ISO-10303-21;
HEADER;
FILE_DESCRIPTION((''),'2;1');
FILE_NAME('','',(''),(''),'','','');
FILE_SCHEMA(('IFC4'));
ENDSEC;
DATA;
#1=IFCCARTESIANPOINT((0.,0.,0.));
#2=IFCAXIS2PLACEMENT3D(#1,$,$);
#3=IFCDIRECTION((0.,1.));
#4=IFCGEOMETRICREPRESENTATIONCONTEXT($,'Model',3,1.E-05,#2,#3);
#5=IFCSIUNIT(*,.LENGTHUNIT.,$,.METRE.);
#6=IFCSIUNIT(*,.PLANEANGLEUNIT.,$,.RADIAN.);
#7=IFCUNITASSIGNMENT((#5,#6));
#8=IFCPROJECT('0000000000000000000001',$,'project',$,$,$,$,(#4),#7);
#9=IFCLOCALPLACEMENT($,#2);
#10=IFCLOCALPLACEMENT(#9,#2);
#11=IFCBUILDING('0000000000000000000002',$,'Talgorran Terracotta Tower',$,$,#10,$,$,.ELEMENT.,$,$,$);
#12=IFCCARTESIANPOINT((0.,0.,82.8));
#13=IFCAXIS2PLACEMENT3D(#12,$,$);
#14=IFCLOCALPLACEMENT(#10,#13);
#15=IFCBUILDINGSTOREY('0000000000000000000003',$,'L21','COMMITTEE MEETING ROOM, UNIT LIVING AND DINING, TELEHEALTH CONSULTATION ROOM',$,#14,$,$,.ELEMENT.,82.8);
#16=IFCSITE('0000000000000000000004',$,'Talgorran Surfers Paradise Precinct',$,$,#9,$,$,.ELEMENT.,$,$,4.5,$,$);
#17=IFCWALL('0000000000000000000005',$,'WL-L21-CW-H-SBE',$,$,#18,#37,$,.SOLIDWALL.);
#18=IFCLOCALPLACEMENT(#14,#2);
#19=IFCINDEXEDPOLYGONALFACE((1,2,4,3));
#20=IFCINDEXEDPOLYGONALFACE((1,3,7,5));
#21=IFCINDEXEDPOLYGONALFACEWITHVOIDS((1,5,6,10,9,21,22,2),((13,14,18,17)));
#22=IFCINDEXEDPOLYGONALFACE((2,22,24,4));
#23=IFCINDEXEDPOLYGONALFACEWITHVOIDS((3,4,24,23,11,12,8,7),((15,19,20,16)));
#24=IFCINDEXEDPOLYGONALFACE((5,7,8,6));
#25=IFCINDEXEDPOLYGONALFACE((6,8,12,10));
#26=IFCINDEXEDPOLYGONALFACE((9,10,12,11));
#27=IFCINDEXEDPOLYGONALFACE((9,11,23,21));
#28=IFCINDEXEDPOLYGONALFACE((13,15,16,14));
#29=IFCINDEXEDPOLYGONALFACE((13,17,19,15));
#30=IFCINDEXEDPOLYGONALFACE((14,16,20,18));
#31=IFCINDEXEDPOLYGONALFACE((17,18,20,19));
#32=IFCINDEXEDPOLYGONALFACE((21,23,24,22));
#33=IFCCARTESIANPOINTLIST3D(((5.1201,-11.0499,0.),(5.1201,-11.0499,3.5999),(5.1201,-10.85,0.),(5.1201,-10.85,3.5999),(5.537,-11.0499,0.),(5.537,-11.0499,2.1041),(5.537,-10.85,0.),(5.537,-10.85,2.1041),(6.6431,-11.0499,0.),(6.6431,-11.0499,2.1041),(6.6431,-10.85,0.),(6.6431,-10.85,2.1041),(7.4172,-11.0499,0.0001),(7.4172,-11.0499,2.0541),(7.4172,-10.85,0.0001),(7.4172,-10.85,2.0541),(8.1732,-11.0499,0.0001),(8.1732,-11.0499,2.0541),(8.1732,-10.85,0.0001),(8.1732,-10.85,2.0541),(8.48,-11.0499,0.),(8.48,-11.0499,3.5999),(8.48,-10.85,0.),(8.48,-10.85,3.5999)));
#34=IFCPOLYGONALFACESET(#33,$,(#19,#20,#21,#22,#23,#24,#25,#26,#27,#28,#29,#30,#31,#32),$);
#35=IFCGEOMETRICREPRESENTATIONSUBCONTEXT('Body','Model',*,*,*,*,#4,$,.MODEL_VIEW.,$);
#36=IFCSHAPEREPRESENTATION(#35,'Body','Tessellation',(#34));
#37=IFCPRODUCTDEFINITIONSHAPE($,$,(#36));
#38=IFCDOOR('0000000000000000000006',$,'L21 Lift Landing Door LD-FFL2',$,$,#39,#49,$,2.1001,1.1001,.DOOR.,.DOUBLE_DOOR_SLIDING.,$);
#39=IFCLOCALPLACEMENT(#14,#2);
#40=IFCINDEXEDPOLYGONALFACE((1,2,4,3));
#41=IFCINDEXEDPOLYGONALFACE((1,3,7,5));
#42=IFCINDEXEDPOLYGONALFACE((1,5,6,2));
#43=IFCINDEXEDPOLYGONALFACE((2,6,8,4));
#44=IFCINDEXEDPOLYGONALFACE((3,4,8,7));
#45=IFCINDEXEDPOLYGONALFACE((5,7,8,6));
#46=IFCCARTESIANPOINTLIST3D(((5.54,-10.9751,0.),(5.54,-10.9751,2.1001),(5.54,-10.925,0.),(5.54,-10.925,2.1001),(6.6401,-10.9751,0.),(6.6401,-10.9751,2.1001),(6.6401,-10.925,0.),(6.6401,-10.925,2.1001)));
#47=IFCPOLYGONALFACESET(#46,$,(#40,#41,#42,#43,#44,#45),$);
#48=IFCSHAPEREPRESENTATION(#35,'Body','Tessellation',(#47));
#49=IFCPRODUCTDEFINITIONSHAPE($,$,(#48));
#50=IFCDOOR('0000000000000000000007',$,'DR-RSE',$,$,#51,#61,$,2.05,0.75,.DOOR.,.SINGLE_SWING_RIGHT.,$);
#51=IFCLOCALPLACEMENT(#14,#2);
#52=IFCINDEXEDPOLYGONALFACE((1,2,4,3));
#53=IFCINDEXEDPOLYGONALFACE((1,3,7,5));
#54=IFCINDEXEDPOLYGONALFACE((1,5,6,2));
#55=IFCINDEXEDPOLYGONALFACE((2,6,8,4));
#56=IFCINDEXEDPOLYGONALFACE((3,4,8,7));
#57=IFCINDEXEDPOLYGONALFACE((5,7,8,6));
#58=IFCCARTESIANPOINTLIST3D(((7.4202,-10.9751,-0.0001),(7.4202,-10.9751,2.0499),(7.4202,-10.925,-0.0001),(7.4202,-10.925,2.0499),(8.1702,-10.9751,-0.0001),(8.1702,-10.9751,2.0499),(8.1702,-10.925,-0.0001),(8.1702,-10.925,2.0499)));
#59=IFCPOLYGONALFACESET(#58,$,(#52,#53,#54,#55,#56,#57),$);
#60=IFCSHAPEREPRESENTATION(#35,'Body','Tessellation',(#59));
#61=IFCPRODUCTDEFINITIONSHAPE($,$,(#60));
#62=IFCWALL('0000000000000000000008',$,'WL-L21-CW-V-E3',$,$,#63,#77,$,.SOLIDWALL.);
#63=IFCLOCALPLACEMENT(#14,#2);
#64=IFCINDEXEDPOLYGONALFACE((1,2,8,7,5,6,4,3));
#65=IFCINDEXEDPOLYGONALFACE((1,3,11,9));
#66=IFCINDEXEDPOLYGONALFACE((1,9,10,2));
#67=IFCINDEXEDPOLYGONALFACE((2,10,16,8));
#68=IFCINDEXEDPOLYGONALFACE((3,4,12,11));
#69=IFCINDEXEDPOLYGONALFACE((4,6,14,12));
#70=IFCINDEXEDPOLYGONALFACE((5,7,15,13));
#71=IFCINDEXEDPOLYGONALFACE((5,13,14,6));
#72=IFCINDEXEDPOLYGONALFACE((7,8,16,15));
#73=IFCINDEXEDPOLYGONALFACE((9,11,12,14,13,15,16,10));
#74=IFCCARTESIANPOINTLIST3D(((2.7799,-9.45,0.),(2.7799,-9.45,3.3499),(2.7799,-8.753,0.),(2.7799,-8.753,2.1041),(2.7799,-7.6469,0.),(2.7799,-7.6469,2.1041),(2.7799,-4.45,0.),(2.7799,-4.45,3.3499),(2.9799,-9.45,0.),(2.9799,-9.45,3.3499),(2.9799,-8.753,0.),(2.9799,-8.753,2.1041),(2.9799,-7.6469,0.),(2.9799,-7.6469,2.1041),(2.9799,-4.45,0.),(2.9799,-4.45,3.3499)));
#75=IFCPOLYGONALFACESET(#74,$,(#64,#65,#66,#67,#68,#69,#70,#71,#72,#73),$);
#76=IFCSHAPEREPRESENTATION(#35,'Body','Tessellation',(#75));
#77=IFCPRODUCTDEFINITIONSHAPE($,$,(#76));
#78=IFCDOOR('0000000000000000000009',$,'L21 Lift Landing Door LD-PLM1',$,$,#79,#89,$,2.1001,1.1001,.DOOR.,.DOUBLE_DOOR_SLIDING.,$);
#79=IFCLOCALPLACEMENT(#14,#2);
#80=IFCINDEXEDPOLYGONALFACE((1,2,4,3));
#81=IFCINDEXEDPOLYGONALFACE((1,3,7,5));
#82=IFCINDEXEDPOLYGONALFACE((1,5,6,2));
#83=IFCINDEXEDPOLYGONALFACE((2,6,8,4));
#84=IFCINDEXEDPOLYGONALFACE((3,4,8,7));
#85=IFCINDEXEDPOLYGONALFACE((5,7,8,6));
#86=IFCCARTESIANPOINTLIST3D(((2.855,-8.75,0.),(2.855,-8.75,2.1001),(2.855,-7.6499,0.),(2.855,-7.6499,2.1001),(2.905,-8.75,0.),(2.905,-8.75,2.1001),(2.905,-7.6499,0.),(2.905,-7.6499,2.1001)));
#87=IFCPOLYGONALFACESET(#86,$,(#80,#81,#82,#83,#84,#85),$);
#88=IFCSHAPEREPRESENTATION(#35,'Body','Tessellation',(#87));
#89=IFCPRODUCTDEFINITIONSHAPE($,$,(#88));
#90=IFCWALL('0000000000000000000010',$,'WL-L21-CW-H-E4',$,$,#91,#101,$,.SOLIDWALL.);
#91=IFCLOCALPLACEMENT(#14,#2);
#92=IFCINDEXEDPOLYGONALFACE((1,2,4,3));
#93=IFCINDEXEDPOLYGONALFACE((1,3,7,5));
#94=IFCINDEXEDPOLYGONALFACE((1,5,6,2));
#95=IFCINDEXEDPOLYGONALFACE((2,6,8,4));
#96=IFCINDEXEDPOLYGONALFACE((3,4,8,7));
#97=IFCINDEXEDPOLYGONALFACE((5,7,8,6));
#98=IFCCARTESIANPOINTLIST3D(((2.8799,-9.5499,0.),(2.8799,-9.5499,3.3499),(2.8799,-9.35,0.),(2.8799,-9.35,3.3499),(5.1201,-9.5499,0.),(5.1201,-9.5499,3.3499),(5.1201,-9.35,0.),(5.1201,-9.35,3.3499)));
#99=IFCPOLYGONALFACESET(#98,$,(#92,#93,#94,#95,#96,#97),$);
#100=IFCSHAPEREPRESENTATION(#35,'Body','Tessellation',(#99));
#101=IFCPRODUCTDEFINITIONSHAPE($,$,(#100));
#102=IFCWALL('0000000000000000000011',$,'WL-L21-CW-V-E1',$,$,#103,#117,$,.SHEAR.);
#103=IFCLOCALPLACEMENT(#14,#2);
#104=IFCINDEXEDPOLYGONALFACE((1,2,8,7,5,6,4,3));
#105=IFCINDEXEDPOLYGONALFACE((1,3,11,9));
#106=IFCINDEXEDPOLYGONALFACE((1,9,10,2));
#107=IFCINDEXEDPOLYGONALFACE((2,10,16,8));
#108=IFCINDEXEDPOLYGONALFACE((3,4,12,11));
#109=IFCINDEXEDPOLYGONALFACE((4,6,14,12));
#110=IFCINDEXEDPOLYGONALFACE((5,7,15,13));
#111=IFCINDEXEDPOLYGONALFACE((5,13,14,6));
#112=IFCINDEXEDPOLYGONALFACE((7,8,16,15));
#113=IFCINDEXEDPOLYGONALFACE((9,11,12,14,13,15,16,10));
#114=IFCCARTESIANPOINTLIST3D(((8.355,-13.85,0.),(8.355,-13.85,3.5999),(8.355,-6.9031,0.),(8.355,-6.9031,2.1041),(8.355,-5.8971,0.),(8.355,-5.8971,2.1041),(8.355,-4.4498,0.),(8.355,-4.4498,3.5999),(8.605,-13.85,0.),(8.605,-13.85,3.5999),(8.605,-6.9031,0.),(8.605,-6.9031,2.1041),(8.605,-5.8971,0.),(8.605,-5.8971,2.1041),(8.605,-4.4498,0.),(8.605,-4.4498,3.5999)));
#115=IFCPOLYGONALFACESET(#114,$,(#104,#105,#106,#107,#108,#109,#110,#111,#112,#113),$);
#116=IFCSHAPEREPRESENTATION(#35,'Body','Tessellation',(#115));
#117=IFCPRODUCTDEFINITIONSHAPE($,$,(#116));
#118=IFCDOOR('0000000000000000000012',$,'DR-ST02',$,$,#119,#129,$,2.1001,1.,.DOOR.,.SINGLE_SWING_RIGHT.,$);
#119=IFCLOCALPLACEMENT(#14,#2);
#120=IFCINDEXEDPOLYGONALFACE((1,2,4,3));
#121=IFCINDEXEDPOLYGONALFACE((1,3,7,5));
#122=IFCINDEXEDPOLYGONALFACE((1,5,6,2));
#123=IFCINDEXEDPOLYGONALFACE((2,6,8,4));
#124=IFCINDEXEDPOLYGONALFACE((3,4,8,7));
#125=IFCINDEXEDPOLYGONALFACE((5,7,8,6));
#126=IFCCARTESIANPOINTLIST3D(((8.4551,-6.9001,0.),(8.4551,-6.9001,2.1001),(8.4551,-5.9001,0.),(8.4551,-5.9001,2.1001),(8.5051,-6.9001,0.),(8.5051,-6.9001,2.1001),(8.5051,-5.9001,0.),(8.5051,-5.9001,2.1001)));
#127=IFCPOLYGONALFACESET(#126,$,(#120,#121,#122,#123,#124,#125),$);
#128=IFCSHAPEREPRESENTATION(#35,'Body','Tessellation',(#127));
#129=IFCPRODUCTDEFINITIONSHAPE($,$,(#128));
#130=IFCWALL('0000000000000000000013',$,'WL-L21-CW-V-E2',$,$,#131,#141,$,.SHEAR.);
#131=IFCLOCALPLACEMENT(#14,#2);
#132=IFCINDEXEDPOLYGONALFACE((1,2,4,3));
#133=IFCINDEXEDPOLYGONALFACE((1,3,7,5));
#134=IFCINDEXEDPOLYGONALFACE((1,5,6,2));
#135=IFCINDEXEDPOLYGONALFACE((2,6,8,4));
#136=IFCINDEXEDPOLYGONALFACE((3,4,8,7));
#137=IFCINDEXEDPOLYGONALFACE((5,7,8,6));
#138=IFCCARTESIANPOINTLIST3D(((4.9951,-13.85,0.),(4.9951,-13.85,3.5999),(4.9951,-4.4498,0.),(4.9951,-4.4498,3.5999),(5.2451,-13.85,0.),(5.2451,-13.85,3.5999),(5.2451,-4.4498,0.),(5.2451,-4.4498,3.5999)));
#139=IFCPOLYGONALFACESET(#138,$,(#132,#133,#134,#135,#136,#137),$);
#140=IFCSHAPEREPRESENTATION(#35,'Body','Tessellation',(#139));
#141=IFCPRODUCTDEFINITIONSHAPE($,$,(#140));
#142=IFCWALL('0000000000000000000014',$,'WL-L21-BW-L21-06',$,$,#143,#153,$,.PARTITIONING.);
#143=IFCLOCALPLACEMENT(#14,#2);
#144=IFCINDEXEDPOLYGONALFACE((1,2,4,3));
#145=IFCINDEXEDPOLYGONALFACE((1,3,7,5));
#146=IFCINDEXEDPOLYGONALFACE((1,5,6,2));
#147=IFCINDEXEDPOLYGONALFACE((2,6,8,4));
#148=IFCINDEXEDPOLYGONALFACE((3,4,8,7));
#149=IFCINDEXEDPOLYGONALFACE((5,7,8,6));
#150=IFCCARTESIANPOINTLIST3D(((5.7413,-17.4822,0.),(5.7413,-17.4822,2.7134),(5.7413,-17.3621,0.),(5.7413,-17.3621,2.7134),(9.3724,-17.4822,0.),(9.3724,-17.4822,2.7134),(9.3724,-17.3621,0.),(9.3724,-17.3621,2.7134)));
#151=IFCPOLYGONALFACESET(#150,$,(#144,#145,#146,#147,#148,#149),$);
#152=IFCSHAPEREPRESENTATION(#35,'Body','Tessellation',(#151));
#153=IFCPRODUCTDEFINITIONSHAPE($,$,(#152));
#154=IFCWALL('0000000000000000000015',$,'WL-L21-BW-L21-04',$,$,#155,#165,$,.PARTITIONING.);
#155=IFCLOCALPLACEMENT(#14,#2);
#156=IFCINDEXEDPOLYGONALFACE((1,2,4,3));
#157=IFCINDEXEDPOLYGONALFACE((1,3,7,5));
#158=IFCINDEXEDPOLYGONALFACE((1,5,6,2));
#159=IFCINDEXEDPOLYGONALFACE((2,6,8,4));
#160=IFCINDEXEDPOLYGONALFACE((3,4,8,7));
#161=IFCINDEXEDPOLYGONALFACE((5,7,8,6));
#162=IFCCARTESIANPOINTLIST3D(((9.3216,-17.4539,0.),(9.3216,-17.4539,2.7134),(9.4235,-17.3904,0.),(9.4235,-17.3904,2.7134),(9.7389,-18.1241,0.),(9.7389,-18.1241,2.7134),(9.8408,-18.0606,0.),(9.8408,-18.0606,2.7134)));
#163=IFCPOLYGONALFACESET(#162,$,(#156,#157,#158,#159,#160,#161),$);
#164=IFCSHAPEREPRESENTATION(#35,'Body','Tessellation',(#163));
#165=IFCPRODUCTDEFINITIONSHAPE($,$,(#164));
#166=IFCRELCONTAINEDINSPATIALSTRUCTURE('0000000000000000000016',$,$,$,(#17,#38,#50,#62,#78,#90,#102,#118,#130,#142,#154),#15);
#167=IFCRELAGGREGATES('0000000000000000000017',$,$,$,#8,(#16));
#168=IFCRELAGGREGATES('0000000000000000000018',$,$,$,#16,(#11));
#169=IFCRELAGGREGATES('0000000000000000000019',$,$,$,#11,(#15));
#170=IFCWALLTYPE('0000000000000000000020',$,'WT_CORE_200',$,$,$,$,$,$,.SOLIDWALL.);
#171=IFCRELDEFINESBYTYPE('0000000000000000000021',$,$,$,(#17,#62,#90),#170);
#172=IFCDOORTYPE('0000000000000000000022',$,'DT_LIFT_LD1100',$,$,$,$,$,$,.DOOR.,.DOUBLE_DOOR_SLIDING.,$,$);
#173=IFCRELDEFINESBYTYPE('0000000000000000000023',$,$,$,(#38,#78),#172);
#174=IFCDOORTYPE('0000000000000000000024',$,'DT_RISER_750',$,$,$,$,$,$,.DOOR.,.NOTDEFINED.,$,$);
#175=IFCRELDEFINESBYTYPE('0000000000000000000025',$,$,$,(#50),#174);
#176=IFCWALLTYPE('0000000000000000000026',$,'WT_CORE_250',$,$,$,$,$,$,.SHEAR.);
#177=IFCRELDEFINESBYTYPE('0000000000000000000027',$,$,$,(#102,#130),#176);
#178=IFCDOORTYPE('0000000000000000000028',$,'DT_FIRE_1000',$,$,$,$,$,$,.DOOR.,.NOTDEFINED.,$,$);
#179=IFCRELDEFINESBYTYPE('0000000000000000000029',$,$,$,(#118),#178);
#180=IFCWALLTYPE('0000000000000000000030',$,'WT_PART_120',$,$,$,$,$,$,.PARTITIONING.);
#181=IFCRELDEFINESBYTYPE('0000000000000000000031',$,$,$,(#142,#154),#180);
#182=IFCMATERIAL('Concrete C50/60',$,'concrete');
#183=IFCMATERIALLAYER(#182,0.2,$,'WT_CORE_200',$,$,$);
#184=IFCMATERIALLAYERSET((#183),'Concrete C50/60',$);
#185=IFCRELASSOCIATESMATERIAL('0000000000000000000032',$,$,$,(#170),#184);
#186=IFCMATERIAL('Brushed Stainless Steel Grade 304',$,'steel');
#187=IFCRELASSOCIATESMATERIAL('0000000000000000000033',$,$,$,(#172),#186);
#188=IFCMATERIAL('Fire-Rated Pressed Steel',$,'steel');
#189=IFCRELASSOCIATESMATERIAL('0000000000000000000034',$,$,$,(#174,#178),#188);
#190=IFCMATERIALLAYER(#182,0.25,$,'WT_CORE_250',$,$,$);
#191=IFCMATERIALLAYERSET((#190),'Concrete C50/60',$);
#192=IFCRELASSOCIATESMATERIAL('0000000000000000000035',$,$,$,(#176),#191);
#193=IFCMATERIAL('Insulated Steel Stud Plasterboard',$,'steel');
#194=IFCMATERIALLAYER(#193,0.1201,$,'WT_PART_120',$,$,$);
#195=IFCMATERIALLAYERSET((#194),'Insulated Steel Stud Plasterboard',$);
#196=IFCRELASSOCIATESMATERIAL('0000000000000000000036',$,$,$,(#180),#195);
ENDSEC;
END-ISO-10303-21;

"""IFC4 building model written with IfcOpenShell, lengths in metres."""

from ifc_helpers import new_model, si_unit, direction, frame, frame_2d, origin, place, context, subcontext, project, spatial, rectangle, extrude, material, layer, layer_set, type_object, element, fill, save


model = new_model("IFC4")

# Units and contexts
model_context = context("Model", 3, precision=1e-05, world=origin(), true_north=direction((0.0, 1.0)))
body_context = subcontext(model_context, "Body", "Model", "MODEL_VIEW")
ifc_project = project(units=[si_unit("LENGTHUNIT", "METRE"), si_unit("PLANEANGLEUNIT", "RADIAN")], contexts=[model_context])

# Site, building, storey
site_placement = place(None, origin())
site = spatial("IfcSite", under=ifc_project, at=site_placement, Name="Talgorran Surfers Paradise Precinct", CompositionType="ELEMENT", RefElevation=4.5)
building_placement = place(site_placement, origin())
building = spatial("IfcBuilding", under=site, at=building_placement, Name="Talgorran Terracotta Tower", CompositionType="ELEMENT")
storey_placement = place(building_placement, frame((0.0, 0.0, 82.8)))
storey = spatial("IfcBuildingStorey", under=building, at=storey_placement, Name="L21", Description="COMMITTEE MEETING ROOM, UNIT LIVING AND DINING, TELEHEALTH CONSULTATION ROOM", CompositionType="ELEMENT", Elevation=82.8)

# Shared definitions
ifc_material_1 = material(Name="Concrete C50/60", Category="concrete")
ifc_layer_1 = layer(ifc_material_1, 0.2, Name="WT_CORE_200")
ifc_layer_set_1 = layer_set([ifc_layer_1], Name="Concrete C50/60")
wall_type_1 = type_object("IfcWallType", Name="WT_CORE_200", PredefinedType="SOLIDWALL", material=ifc_layer_set_1)

# Wall, openings, doors
wall_1_placement = place(storey_placement, frame((5.1201, -10.95, 0.0), z_axis=(0.0, 0.0, 1.0), x_axis=(1.0, 0.0, 0.0)))
wall_1 = element("IfcWall", 1, at=wall_1_placement, inside=storey, type_object=wall_type_1, Name="WL-L21-CW-H-SBE", PredefinedType="SOLIDWALL", context=body_context, shape_type="SweptSolid", body=[
    extrude(rectangle(XDim=3.3599, YDim=0.2, at=frame_2d((1.6799, 0.0))), origin(), (0.0, 0.0, 1.0), 3.5999),
])
opening_1_placement = place(wall_1_placement, frame((0.4199, 0.0, 0.0)))
opening_1 = element("IfcOpeningElement", 2, at=opening_1_placement, cuts=wall_1, PredefinedType="OPENING", context=body_context, shape_type="SweptSolid", body=[
    extrude(rectangle(XDim=1.1061, YDim=2.1041, at=frame_2d((0.55, 1.052))), frame((0.0, 0.1099, 0.0), z_axis=(0.0, -1.0, 0.0), x_axis=(1.0, 0.0, 0.0)), (0.0, 0.0, 1.0), 0.22),
])
opening_2_placement = place(wall_1_placement, frame((2.3, 0.0, 0.0)))
opening_2 = element("IfcOpeningElement", 3, at=opening_2_placement, cuts=wall_1, PredefinedType="OPENING", context=body_context, shape_type="SweptSolid", body=[
    extrude(rectangle(XDim=0.756, YDim=2.054, at=frame_2d((0.375, 1.0271))), frame((0.0, 0.1099, 0.0), z_axis=(0.0, -1.0, 0.0), x_axis=(1.0, 0.0, 0.0)), (0.0, 0.0, 1.0), 0.22),
])
ifc_material_2 = material(Name="Brushed Stainless Steel Grade 304", Category="steel")
door_type_1 = type_object("IfcDoorType", Name="DT_LIFT_LD1100", OperationType="DOUBLE_DOOR_SLIDING", PredefinedType="DOOR", material=ifc_material_2)
door_1_placement = place(opening_1_placement, origin())
door_1 = element("IfcDoor", 4, at=door_1_placement, inside=storey, type_object=door_type_1, Name="L21 Lift Landing Door LD-FFL2", OperationType="DOUBLE_DOOR_SLIDING", OverallHeight=2.1001, OverallWidth=1.1001, PredefinedType="DOOR", context=body_context, shape_type="SweptSolid", body=[
    extrude(rectangle(XDim=1.1001, YDim=2.1001, at=frame_2d((0.55, 1.05))), frame((0.0, 0.0249, 0.0), z_axis=(0.0, -1.0, 0.0), x_axis=(1.0, 0.0, 0.0)), (0.0, 0.0, 1.0), 0.05),
])
fill(opening_1, door_1)
ifc_material_3 = material(Name="Fire-Rated Pressed Steel", Category="steel")
door_type_2 = type_object("IfcDoorType", Name="DT_RISER_750", OperationType="NOTDEFINED", PredefinedType="DOOR", material=ifc_material_3)
door_2_placement = place(opening_2_placement, origin())
door_2 = element("IfcDoor", 5, at=door_2_placement, inside=storey, type_object=door_type_2, Name="DR-RSE", OperationType="SINGLE_SWING_RIGHT", OverallHeight=2.05, OverallWidth=0.75, PredefinedType="DOOR", context=body_context, shape_type="SweptSolid", body=[
    extrude(rectangle(XDim=0.75, YDim=2.05, at=frame_2d((0.375, 1.0249))), frame((0.0, 0.0249, 0.0), z_axis=(0.0, -1.0, 0.0), x_axis=(1.0, 0.0, 0.0)), (0.0, 0.0, 1.0), 0.05),
])
fill(opening_2, door_2)

# Wall, opening, door
wall_2_placement = place(storey_placement, frame((2.8799, -9.45, 0.0), z_axis=(0.0, 0.0, 1.0), x_axis=(0.0, 1.0, 0.0)))
wall_2 = element("IfcWall", 6, at=wall_2_placement, inside=storey, type_object=wall_type_1, Name="WL-L21-CW-V-E3", PredefinedType="SOLIDWALL", context=body_context, shape_type="SweptSolid", body=[
    extrude(rectangle(XDim=5.0, YDim=0.2, at=frame_2d((2.5, 0.0))), origin(), (0.0, 0.0, 1.0), 3.3499),
])
opening_3_placement = place(wall_2_placement, frame((0.7, 0.0, 0.0)))
opening_3 = element("IfcOpeningElement", 7, at=opening_3_placement, cuts=wall_2, PredefinedType="OPENING", context=body_context, shape_type="SweptSolid", body=[
    extrude(rectangle(XDim=1.1061, YDim=2.1041, at=frame_2d((0.55, 1.052))), frame((0.0, 0.1099, 0.0), z_axis=(0.0, -1.0, 0.0), x_axis=(1.0, 0.0, 0.0)), (0.0, 0.0, 1.0), 0.22),
])
door_3_placement = place(opening_3_placement, origin())
door_3 = element("IfcDoor", 8, at=door_3_placement, inside=storey, type_object=door_type_1, Name="L21 Lift Landing Door LD-PLM1", OperationType="DOUBLE_DOOR_SLIDING", OverallHeight=2.1001, OverallWidth=1.1001, PredefinedType="DOOR", context=body_context, shape_type="SweptSolid", body=[
    extrude(rectangle(XDim=1.1001, YDim=2.1001, at=frame_2d((0.55, 1.05))), frame((0.0, 0.0249, 0.0), z_axis=(0.0, -1.0, 0.0), x_axis=(1.0, 0.0, 0.0)), (0.0, 0.0, 1.0), 0.05),
])
fill(opening_3, door_3)

# Wall
wall_3_placement = place(storey_placement, frame((2.8799, -9.45, 0.0), z_axis=(0.0, 0.0, 1.0), x_axis=(1.0, 0.0, 0.0)))
element("IfcWall", 9, at=wall_3_placement, inside=storey, type_object=wall_type_1, Name="WL-L21-CW-H-E4", PredefinedType="SOLIDWALL", context=body_context, shape_type="SweptSolid", body=[
    extrude(rectangle(XDim=2.2402, YDim=0.2, at=frame_2d((1.1201, 0.0))), origin(), (0.0, 0.0, 1.0), 3.3499),
])

# Wall, opening, door
ifc_layer_2 = layer(ifc_material_1, 0.25, Name="WT_CORE_250")
ifc_layer_set_2 = layer_set([ifc_layer_2], Name="Concrete C50/60")
wall_type_2 = type_object("IfcWallType", Name="WT_CORE_250", PredefinedType="SHEAR", material=ifc_layer_set_2)
wall_4_placement = place(storey_placement, frame((8.48, -13.8501, 0.0), z_axis=(0.0, 0.0, 1.0), x_axis=(0.0, 1.0, 0.0)))
wall_4 = element("IfcWall", 10, at=wall_4_placement, inside=storey, type_object=wall_type_2, Name="WL-L21-CW-V-E1", PredefinedType="SHEAR", context=body_context, shape_type="SweptSolid", body=[
    extrude(rectangle(XDim=9.4001, YDim=0.25, at=frame_2d((4.7002, 0.0))), origin(), (0.0, 0.0, 1.0), 3.5999),
])
opening_4_placement = place(wall_4_placement, frame((6.95, 0.0, 0.0)))
opening_4 = element("IfcOpeningElement", 11, at=opening_4_placement, cuts=wall_4, PredefinedType="OPENING", context=body_context, shape_type="SweptSolid", body=[
    extrude(rectangle(XDim=1.006, YDim=2.1041, at=frame_2d((0.5, 1.052))), frame((0.0, 0.135, 0.0), z_axis=(0.0, -1.0, 0.0), x_axis=(1.0, 0.0, 0.0)), (0.0, 0.0, 1.0), 0.27),
])
door_type_3 = type_object("IfcDoorType", Name="DT_FIRE_1000", OperationType="NOTDEFINED", PredefinedType="DOOR", material=ifc_material_3)
door_4_placement = place(opening_4_placement, origin())
door_4 = element("IfcDoor", 12, at=door_4_placement, inside=storey, type_object=door_type_3, Name="DR-ST02", OperationType="SINGLE_SWING_RIGHT", OverallHeight=2.1001, OverallWidth=1.0, PredefinedType="DOOR", context=body_context, shape_type="SweptSolid", body=[
    extrude(rectangle(XDim=1.0, YDim=2.1001, at=frame_2d((0.5, 1.05))), frame((0.0, 0.0249, 0.0), z_axis=(0.0, -1.0, 0.0), x_axis=(1.0, 0.0, 0.0)), (0.0, 0.0, 1.0), 0.05),
])
fill(opening_4, door_4)

# Walls
wall_5_placement = place(storey_placement, frame((5.1201, -13.8501, 0.0), z_axis=(0.0, 0.0, 1.0), x_axis=(0.0, 1.0, 0.0)))
element("IfcWall", 13, at=wall_5_placement, inside=storey, type_object=wall_type_2, Name="WL-L21-CW-V-E2", PredefinedType="SHEAR", context=body_context, shape_type="SweptSolid", body=[
    extrude(rectangle(XDim=9.4001, YDim=0.25, at=frame_2d((4.7002, 0.0))), origin(), (0.0, 0.0, 1.0), 3.5999),
])
ifc_material_4 = material(Name="Insulated Steel Stud Plasterboard", Category="steel")
ifc_layer_3 = layer(ifc_material_4, 0.1201, Name="WT_PART_120")
ifc_layer_set_3 = layer_set([ifc_layer_3], Name="Insulated Steel Stud Plasterboard")
wall_type_3 = type_object("IfcWallType", Name="WT_PART_120", PredefinedType="PARTITIONING", material=ifc_layer_set_3)
wall_6_placement = place(storey_placement, frame((5.7415, -17.4221, 0.0), z_axis=(0.0, 0.0, 1.0), x_axis=(1.0, 0.0, 0.0)))
element("IfcWall", 14, at=wall_6_placement, inside=storey, type_object=wall_type_3, Name="WL-L21-BW-L21-06", PredefinedType="PARTITIONING", context=body_context, shape_type="SweptSolid", body=[
    extrude(rectangle(XDim=3.6311, YDim=0.1201, at=frame_2d((1.8154, 0.0))), origin(), (0.0, 0.0, 1.0), 2.7134),
])
wall_7_placement = place(storey_placement, frame((9.3726, -17.4221, 0.0), z_axis=(0.0, 0.0, 1.0), x_axis=(0.528525, -0.848918, 0.0)))
element("IfcWall", 15, at=wall_7_placement, inside=storey, type_object=wall_type_3, Name="WL-L21-BW-L21-04", PredefinedType="PARTITIONING", context=body_context, shape_type="SweptSolid", body=[
    extrude(rectangle(XDim=0.7896, YDim=0.1201, at=frame_2d((0.3948, 0.0))), origin(), (0.0, 0.0, 1.0), 2.7134),
])

save(model, "model.ifc")
